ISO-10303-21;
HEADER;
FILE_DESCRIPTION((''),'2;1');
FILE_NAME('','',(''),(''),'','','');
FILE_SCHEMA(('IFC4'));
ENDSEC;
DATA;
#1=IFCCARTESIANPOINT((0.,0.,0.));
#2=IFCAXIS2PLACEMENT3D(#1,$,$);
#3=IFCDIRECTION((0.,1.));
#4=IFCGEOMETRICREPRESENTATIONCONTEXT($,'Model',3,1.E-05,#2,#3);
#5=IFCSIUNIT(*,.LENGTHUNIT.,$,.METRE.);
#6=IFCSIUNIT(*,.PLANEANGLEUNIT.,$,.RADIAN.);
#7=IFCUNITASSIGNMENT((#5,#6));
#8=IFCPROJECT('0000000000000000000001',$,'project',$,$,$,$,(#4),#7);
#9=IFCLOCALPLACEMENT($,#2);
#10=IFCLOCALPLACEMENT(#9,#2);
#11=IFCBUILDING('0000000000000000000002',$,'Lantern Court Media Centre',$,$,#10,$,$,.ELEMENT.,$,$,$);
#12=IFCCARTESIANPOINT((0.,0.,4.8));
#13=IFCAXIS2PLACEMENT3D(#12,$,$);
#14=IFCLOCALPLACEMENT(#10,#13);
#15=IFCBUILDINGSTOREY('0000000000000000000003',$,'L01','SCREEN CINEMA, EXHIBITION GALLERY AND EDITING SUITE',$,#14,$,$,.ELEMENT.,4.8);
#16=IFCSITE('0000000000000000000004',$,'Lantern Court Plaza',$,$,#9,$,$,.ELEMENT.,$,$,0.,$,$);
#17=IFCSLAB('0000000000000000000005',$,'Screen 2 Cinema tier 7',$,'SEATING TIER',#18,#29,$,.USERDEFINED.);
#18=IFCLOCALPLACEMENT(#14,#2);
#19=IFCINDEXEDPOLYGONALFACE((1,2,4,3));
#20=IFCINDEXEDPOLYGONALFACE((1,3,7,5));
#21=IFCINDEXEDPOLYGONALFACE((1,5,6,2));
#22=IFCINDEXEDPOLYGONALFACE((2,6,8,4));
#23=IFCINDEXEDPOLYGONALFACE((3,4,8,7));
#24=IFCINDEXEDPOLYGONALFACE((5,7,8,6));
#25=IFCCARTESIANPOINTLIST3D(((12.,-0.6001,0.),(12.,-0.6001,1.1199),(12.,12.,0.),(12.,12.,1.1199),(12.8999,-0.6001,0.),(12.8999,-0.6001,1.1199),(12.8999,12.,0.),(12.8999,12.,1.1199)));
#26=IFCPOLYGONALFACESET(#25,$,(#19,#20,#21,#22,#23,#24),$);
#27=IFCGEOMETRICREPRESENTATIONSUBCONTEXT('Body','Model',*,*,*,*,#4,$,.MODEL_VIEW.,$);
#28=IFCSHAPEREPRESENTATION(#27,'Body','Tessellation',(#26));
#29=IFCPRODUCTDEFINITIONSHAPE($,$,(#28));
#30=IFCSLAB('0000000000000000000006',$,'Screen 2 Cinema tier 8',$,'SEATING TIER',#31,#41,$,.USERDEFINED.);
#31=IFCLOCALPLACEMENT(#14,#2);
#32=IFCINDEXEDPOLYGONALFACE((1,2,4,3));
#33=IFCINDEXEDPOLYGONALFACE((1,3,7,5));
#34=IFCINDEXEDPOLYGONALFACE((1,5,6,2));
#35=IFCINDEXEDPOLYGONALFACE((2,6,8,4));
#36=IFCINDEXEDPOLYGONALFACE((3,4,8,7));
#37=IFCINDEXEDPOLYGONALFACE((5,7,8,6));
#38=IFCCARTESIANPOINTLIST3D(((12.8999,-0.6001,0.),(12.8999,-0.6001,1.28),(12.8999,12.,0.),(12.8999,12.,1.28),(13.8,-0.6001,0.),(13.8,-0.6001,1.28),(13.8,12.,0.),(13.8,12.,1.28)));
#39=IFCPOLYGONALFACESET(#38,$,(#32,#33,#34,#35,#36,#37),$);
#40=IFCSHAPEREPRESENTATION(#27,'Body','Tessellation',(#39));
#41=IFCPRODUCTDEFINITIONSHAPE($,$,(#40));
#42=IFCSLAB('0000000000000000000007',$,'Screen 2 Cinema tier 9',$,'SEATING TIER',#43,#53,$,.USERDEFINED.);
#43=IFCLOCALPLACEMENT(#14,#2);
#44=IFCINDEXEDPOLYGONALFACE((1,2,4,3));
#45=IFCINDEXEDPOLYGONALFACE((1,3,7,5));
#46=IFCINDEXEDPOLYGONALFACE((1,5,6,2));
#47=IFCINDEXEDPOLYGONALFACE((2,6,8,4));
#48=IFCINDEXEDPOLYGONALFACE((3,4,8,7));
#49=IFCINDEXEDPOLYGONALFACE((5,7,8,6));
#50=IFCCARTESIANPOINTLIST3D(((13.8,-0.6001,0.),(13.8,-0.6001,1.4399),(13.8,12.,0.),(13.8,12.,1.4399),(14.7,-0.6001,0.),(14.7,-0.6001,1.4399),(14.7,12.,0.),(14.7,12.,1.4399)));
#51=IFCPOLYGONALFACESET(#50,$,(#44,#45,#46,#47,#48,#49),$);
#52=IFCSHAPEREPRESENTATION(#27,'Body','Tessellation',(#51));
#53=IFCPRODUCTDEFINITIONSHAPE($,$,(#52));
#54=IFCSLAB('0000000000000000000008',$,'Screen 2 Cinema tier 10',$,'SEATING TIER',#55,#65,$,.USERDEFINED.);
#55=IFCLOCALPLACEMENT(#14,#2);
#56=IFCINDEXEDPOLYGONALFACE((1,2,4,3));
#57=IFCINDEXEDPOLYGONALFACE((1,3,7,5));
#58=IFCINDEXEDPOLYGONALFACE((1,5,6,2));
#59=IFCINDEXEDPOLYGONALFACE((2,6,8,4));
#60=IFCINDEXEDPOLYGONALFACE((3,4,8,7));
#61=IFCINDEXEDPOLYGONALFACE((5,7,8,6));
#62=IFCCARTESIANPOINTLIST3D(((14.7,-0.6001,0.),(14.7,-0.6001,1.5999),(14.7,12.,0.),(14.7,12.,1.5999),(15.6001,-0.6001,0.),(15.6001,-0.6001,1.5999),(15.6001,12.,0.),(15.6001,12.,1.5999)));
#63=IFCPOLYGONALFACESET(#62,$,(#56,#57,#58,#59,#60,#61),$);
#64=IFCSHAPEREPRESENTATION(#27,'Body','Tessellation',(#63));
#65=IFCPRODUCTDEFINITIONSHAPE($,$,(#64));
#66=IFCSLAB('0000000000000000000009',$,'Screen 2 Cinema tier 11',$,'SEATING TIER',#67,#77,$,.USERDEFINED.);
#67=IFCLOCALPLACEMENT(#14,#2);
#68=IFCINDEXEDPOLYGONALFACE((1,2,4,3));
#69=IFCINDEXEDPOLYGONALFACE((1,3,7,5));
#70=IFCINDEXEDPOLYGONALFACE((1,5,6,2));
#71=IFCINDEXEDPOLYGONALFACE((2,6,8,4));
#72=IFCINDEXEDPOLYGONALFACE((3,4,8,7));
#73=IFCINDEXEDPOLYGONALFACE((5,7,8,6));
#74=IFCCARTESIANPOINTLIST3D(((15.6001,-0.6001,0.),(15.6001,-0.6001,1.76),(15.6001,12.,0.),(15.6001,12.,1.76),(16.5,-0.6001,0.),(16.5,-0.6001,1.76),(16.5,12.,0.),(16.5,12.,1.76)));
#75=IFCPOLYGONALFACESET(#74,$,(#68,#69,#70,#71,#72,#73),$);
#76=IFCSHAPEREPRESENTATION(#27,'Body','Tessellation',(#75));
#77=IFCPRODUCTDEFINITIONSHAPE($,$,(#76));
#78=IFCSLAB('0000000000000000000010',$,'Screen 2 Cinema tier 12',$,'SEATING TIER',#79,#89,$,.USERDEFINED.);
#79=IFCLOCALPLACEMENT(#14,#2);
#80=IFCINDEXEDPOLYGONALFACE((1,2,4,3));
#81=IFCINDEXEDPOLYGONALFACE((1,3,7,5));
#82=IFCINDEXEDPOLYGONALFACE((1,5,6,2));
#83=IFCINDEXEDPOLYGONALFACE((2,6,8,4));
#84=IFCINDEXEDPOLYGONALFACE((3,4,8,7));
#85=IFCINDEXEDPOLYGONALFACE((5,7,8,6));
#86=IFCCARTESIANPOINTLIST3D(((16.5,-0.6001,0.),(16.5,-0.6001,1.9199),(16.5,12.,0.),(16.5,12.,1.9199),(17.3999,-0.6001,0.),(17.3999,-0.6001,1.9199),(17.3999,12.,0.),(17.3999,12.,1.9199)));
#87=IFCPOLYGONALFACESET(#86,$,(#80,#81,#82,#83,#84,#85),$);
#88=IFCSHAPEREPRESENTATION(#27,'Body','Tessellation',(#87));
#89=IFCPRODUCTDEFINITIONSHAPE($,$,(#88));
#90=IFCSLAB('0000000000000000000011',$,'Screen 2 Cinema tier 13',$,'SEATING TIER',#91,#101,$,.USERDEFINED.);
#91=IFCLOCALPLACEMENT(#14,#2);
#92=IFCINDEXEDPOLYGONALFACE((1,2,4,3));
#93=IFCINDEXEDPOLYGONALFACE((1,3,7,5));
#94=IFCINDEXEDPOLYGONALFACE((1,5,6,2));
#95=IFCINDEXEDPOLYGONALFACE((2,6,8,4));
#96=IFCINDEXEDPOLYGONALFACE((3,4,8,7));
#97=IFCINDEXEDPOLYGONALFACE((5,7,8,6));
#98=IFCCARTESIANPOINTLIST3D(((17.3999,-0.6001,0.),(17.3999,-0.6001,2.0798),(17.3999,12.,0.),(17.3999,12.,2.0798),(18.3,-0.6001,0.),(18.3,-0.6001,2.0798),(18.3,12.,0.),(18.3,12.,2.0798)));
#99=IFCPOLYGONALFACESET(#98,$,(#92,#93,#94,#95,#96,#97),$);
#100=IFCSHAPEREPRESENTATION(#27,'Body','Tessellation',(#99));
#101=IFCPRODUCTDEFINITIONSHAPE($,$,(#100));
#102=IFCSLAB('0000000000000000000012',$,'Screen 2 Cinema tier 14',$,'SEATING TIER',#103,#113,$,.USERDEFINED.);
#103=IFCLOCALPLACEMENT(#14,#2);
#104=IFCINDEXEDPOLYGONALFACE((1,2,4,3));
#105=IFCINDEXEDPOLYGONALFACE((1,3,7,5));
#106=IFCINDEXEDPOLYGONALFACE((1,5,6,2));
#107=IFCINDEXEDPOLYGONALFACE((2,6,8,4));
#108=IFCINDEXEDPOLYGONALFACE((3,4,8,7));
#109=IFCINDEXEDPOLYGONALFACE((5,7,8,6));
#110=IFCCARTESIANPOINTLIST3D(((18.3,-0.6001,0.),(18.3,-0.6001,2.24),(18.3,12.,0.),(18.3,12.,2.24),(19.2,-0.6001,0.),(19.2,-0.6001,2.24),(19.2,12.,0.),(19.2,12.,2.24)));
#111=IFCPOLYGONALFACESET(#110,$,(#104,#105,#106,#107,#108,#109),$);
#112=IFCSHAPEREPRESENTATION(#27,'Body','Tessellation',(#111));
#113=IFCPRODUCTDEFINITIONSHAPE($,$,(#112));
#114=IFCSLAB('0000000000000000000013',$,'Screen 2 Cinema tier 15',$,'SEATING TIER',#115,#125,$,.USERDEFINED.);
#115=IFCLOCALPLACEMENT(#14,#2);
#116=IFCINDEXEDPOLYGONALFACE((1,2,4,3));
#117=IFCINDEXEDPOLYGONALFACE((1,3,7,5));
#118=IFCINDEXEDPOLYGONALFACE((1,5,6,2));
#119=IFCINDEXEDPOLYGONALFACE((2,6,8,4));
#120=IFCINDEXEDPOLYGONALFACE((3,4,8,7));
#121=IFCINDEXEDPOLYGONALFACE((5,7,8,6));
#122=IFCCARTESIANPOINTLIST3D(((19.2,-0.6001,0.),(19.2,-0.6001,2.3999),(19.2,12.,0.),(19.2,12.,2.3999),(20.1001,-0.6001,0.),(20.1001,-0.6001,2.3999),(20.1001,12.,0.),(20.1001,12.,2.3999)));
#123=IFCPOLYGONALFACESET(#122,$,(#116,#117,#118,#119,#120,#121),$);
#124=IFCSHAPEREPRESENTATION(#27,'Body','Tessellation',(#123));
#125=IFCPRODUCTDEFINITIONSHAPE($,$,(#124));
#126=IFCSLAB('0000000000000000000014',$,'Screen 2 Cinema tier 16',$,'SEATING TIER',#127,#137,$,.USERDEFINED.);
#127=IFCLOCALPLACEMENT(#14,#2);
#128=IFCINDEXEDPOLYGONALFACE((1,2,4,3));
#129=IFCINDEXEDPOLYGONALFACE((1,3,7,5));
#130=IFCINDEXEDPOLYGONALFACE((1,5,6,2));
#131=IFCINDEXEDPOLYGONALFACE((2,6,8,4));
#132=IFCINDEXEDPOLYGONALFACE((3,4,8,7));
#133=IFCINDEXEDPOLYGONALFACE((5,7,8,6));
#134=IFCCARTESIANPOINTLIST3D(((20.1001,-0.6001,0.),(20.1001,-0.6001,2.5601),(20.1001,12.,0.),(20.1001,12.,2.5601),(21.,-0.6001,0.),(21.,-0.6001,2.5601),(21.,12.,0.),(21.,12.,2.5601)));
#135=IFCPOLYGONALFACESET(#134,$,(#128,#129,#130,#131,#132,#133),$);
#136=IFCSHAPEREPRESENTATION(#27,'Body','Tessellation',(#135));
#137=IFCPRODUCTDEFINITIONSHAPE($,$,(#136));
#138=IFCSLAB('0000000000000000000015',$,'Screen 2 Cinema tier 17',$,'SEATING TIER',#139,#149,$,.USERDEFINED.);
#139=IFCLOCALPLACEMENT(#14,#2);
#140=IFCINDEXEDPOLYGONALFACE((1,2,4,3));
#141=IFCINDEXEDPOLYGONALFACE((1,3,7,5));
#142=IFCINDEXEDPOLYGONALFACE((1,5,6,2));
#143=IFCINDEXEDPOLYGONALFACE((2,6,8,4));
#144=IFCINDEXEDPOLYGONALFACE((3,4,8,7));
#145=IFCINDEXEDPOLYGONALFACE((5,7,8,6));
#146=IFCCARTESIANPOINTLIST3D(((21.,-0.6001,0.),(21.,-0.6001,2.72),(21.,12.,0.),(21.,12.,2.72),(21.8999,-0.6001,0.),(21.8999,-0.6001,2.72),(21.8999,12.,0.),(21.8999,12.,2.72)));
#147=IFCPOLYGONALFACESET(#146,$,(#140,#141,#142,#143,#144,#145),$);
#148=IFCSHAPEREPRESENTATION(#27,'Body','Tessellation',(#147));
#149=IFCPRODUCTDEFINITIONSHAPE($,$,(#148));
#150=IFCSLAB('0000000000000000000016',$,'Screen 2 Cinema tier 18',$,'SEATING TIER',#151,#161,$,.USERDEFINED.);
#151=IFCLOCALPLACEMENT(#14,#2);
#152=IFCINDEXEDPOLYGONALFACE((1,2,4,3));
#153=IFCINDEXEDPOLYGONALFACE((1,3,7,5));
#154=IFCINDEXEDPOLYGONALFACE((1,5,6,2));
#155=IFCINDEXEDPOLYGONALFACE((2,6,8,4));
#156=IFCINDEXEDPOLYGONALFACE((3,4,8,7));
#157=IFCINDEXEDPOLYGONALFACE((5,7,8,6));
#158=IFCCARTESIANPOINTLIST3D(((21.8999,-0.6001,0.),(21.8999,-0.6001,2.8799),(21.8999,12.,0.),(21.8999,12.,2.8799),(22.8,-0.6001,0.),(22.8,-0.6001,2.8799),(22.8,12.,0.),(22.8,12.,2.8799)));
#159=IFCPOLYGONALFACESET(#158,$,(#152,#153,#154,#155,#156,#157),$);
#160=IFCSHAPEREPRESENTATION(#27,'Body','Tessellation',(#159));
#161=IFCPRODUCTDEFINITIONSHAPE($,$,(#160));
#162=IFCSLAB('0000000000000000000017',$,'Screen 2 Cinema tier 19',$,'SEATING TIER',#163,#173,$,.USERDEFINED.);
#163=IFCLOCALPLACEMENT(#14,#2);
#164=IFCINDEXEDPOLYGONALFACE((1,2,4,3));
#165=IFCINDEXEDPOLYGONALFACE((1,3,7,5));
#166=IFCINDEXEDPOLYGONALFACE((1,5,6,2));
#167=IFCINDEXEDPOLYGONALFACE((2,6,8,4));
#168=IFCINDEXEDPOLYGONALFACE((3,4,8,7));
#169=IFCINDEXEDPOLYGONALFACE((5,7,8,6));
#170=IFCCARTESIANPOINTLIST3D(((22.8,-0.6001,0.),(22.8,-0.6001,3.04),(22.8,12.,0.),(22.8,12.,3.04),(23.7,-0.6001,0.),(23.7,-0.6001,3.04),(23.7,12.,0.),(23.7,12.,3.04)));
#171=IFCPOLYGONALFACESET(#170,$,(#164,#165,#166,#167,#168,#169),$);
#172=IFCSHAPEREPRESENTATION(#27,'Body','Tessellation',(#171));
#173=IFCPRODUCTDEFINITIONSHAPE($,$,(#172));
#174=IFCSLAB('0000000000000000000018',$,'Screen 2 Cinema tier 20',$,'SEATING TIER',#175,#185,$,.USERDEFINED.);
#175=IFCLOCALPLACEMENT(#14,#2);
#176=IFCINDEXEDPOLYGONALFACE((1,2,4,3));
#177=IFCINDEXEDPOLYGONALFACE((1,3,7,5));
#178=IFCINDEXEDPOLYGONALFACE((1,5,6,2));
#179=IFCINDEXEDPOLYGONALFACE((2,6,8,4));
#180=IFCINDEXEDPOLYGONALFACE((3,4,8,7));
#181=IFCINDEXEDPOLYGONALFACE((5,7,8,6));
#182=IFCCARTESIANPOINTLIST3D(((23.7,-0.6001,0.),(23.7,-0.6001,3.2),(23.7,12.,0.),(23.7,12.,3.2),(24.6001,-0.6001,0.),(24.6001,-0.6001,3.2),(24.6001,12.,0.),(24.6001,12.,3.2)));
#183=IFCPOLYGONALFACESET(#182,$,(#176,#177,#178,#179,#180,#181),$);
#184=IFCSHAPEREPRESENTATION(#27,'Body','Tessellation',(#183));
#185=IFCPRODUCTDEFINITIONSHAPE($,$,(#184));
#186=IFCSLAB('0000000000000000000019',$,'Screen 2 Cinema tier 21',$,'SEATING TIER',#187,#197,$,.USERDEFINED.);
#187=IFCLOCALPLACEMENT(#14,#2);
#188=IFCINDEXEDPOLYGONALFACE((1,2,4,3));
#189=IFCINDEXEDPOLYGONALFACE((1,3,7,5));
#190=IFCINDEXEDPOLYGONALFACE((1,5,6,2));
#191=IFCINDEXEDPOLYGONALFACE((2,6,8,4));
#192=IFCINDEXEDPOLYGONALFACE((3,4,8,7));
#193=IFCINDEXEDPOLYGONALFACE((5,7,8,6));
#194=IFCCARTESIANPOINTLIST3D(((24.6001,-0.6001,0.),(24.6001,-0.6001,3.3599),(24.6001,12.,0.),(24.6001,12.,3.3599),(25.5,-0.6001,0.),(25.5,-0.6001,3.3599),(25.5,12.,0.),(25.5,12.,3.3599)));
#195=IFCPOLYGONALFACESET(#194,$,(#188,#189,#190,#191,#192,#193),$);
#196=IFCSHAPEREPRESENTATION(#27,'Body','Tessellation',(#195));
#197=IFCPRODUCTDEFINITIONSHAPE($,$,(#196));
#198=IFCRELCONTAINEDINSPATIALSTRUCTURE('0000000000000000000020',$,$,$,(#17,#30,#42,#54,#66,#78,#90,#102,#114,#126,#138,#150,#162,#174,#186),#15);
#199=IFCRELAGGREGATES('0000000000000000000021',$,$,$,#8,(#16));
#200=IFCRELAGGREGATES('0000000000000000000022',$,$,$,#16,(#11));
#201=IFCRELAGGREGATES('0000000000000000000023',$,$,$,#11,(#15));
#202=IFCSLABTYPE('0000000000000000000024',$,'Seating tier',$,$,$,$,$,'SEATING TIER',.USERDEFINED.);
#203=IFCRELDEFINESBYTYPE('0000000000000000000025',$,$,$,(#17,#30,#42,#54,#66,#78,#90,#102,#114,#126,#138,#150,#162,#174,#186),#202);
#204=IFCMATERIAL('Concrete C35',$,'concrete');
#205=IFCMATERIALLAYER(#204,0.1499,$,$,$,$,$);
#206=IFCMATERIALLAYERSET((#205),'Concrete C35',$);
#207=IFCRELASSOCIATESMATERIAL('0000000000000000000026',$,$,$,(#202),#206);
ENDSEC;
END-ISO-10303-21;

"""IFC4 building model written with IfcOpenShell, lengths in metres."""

from ifc_helpers import new_model, si_unit, direction, frame, origin, place, context, subcontext, project, spatial, polyline, outline, extrude, material, layer, layer_set, type_object, element, save


model = new_model("IFC4")

# Units and contexts
model_context = context("Model", 3, precision=1e-05, world=origin(), true_north=direction((0.0, 1.0)))
body_context = subcontext(model_context, "Body", "Model", "MODEL_VIEW")
ifc_project = project(units=[si_unit("LENGTHUNIT", "METRE"), si_unit("PLANEANGLEUNIT", "RADIAN")], contexts=[model_context])

# Site, building, storey
site_placement = place(None, origin())
site = spatial("IfcSite", under=ifc_project, at=site_placement, Name="Lantern Court Plaza", CompositionType="ELEMENT", RefElevation=0.0)
building_placement = place(site_placement, origin())
building = spatial("IfcBuilding", under=site, at=building_placement, Name="Lantern Court Media Centre", CompositionType="ELEMENT")
storey_placement = place(building_placement, frame((0.0, 0.0, 4.8)))
storey = spatial("IfcBuildingStorey", under=building, at=storey_placement, Name="L01", Description="SCREEN CINEMA, EXHIBITION GALLERY AND EDITING SUITE", CompositionType="ELEMENT", Elevation=4.8)

# Slabs
ifc_material_1 = material(Name="Concrete C35", Category="concrete")
ifc_layer_1 = layer(ifc_material_1, 0.1499)
ifc_layer_set_1 = layer_set([ifc_layer_1], Name="Concrete C35")
slab_type_1 = type_object("IfcSlabType", Name="Seating tier", ElementType="SEATING TIER", PredefinedType="USERDEFINED", material=ifc_layer_set_1)
slab_1_placement = place(storey_placement, origin())
element("IfcSlab", 1, at=slab_1_placement, inside=storey, type_object=slab_type_1, Name="Screen 2 Cinema tier 7", ObjectType="SEATING TIER", PredefinedType="USERDEFINED", context=body_context, shape_type="SweptSolid", body=[
    extrude(outline(polyline([(12.0, -0.6001), (12.8999, -0.6001), (12.8999, 12.0), (12.0, 12.0), (12.0, -0.6001)])), origin(), (0.0, 0.0, 1.0), 1.1199),
])
slab_2_placement = place(storey_placement, origin())
element("IfcSlab", 2, at=slab_2_placement, inside=storey, type_object=slab_type_1, Name="Screen 2 Cinema tier 8", ObjectType="SEATING TIER", PredefinedType="USERDEFINED", context=body_context, shape_type="SweptSolid", body=[
    extrude(outline(polyline([(12.8999, -0.6001), (13.8, -0.6001), (13.8, 12.0), (12.8999, 12.0), (12.8999, -0.6001)])), origin(), (0.0, 0.0, 1.0), 1.28),
])
slab_3_placement = place(storey_placement, origin())
element("IfcSlab", 3, at=slab_3_placement, inside=storey, type_object=slab_type_1, Name="Screen 2 Cinema tier 9", ObjectType="SEATING TIER", PredefinedType="USERDEFINED", context=body_context, shape_type="SweptSolid", body=[
    extrude(outline(polyline([(13.8, -0.6001), (14.7, -0.6001), (14.7, 12.0), (13.8, 12.0), (13.8, -0.6001)])), origin(), (0.0, 0.0, 1.0), 1.4399),
])
slab_4_placement = place(storey_placement, origin())
element("IfcSlab", 4, at=slab_4_placement, inside=storey, type_object=slab_type_1, Name="Screen 2 Cinema tier 10", ObjectType="SEATING TIER", PredefinedType="USERDEFINED", context=body_context, shape_type="SweptSolid", body=[
    extrude(outline(polyline([(14.7, -0.6001), (15.6001, -0.6001), (15.6001, 12.0), (14.7, 12.0), (14.7, -0.6001)])), origin(), (0.0, 0.0, 1.0), 1.5999),
])
slab_5_placement = place(storey_placement, origin())
element("IfcSlab", 5, at=slab_5_placement, inside=storey, type_object=slab_type_1, Name="Screen 2 Cinema tier 11", ObjectType="SEATING TIER", PredefinedType="USERDEFINED", context=body_context, shape_type="SweptSolid", body=[
    extrude(outline(polyline([(15.6001, -0.6001), (16.5, -0.6001), (16.5, 12.0), (15.6001, 12.0), (15.6001, -0.6001)])), origin(), (0.0, 0.0, 1.0), 1.76),
])
slab_6_placement = place(storey_placement, origin())
element("IfcSlab", 6, at=slab_6_placement, inside=storey, type_object=slab_type_1, Name="Screen 2 Cinema tier 12", ObjectType="SEATING TIER", PredefinedType="USERDEFINED", context=body_context, shape_type="SweptSolid", body=[
    extrude(outline(polyline([(16.5, -0.6001), (17.3999, -0.6001), (17.3999, 12.0), (16.5, 12.0), (16.5, -0.6001)])), origin(), (0.0, 0.0, 1.0), 1.9199),
])
slab_7_placement = place(storey_placement, origin())
element("IfcSlab", 7, at=slab_7_placement, inside=storey, type_object=slab_type_1, Name="Screen 2 Cinema tier 13", ObjectType="SEATING TIER", PredefinedType="USERDEFINED", context=body_context, shape_type="SweptSolid", body=[
    extrude(outline(polyline([(17.3999, -0.6001), (18.3, -0.6001), (18.3, 12.0), (17.3999, 12.0), (17.3999, -0.6001)])), origin(), (0.0, 0.0, 1.0), 2.0798),
])
slab_8_placement = place(storey_placement, origin())
element("IfcSlab", 8, at=slab_8_placement, inside=storey, type_object=slab_type_1, Name="Screen 2 Cinema tier 14", ObjectType="SEATING TIER", PredefinedType="USERDEFINED", context=body_context, shape_type="SweptSolid", body=[
    extrude(outline(polyline([(18.3, -0.6001), (19.2, -0.6001), (19.2, 12.0), (18.3, 12.0), (18.3, -0.6001)])), origin(), (0.0, 0.0, 1.0), 2.24),
])
slab_9_placement = place(storey_placement, origin())
element("IfcSlab", 9, at=slab_9_placement, inside=storey, type_object=slab_type_1, Name="Screen 2 Cinema tier 15", ObjectType="SEATING TIER", PredefinedType="USERDEFINED", context=body_context, shape_type="SweptSolid", body=[
    extrude(outline(polyline([(19.2, -0.6001), (20.1001, -0.6001), (20.1001, 12.0), (19.2, 12.0), (19.2, -0.6001)])), origin(), (0.0, 0.0, 1.0), 2.3999),
])
slab_10_placement = place(storey_placement, origin())
element("IfcSlab", 10, at=slab_10_placement, inside=storey, type_object=slab_type_1, Name="Screen 2 Cinema tier 16", ObjectType="SEATING TIER", PredefinedType="USERDEFINED", context=body_context, shape_type="SweptSolid", body=[
    extrude(outline(polyline([(20.1001, -0.6001), (21.0, -0.6001), (21.0, 12.0), (20.1001, 12.0), (20.1001, -0.6001)])), origin(), (0.0, 0.0, 1.0), 2.5601),
])
slab_11_placement = place(storey_placement, origin())
element("IfcSlab", 11, at=slab_11_placement, inside=storey, type_object=slab_type_1, Name="Screen 2 Cinema tier 17", ObjectType="SEATING TIER", PredefinedType="USERDEFINED", context=body_context, shape_type="SweptSolid", body=[
    extrude(outline(polyline([(21.0, -0.6001), (21.8999, -0.6001), (21.8999, 12.0), (21.0, 12.0), (21.0, -0.6001)])), origin(), (0.0, 0.0, 1.0), 2.72),
])
slab_12_placement = place(storey_placement, origin())
element("IfcSlab", 12, at=slab_12_placement, inside=storey, type_object=slab_type_1, Name="Screen 2 Cinema tier 18", ObjectType="SEATING TIER", PredefinedType="USERDEFINED", context=body_context, shape_type="SweptSolid", body=[
    extrude(outline(polyline([(21.8999, -0.6001), (22.8, -0.6001), (22.8, 12.0), (21.8999, 12.0), (21.8999, -0.6001)])), origin(), (0.0, 0.0, 1.0), 2.8799),
])
slab_13_placement = place(storey_placement, origin())
element("IfcSlab", 13, at=slab_13_placement, inside=storey, type_object=slab_type_1, Name="Screen 2 Cinema tier 19", ObjectType="SEATING TIER", PredefinedType="USERDEFINED", context=body_context, shape_type="SweptSolid", body=[
    extrude(outline(polyline([(22.8, -0.6001), (23.7, -0.6001), (23.7, 12.0), (22.8, 12.0), (22.8, -0.6001)])), origin(), (0.0, 0.0, 1.0), 3.04),
])
slab_14_placement = place(storey_placement, origin())
element("IfcSlab", 14, at=slab_14_placement, inside=storey, type_object=slab_type_1, Name="Screen 2 Cinema tier 20", ObjectType="SEATING TIER", PredefinedType="USERDEFINED", context=body_context, shape_type="SweptSolid", body=[
    extrude(outline(polyline([(23.7, -0.6001), (24.6001, -0.6001), (24.6001, 12.0), (23.7, 12.0), (23.7, -0.6001)])), origin(), (0.0, 0.0, 1.0), 3.2),
])
slab_15_placement = place(storey_placement, origin())
element("IfcSlab", 15, at=slab_15_placement, inside=storey, type_object=slab_type_1, Name="Screen 2 Cinema tier 21", ObjectType="SEATING TIER", PredefinedType="USERDEFINED", context=body_context, shape_type="SweptSolid", body=[
    extrude(outline(polyline([(24.6001, -0.6001), (25.5, -0.6001), (25.5, 12.0), (24.6001, 12.0), (24.6001, -0.6001)])), origin(), (0.0, 0.0, 1.0), 3.3599),
])

save(model, "model.ifc")
